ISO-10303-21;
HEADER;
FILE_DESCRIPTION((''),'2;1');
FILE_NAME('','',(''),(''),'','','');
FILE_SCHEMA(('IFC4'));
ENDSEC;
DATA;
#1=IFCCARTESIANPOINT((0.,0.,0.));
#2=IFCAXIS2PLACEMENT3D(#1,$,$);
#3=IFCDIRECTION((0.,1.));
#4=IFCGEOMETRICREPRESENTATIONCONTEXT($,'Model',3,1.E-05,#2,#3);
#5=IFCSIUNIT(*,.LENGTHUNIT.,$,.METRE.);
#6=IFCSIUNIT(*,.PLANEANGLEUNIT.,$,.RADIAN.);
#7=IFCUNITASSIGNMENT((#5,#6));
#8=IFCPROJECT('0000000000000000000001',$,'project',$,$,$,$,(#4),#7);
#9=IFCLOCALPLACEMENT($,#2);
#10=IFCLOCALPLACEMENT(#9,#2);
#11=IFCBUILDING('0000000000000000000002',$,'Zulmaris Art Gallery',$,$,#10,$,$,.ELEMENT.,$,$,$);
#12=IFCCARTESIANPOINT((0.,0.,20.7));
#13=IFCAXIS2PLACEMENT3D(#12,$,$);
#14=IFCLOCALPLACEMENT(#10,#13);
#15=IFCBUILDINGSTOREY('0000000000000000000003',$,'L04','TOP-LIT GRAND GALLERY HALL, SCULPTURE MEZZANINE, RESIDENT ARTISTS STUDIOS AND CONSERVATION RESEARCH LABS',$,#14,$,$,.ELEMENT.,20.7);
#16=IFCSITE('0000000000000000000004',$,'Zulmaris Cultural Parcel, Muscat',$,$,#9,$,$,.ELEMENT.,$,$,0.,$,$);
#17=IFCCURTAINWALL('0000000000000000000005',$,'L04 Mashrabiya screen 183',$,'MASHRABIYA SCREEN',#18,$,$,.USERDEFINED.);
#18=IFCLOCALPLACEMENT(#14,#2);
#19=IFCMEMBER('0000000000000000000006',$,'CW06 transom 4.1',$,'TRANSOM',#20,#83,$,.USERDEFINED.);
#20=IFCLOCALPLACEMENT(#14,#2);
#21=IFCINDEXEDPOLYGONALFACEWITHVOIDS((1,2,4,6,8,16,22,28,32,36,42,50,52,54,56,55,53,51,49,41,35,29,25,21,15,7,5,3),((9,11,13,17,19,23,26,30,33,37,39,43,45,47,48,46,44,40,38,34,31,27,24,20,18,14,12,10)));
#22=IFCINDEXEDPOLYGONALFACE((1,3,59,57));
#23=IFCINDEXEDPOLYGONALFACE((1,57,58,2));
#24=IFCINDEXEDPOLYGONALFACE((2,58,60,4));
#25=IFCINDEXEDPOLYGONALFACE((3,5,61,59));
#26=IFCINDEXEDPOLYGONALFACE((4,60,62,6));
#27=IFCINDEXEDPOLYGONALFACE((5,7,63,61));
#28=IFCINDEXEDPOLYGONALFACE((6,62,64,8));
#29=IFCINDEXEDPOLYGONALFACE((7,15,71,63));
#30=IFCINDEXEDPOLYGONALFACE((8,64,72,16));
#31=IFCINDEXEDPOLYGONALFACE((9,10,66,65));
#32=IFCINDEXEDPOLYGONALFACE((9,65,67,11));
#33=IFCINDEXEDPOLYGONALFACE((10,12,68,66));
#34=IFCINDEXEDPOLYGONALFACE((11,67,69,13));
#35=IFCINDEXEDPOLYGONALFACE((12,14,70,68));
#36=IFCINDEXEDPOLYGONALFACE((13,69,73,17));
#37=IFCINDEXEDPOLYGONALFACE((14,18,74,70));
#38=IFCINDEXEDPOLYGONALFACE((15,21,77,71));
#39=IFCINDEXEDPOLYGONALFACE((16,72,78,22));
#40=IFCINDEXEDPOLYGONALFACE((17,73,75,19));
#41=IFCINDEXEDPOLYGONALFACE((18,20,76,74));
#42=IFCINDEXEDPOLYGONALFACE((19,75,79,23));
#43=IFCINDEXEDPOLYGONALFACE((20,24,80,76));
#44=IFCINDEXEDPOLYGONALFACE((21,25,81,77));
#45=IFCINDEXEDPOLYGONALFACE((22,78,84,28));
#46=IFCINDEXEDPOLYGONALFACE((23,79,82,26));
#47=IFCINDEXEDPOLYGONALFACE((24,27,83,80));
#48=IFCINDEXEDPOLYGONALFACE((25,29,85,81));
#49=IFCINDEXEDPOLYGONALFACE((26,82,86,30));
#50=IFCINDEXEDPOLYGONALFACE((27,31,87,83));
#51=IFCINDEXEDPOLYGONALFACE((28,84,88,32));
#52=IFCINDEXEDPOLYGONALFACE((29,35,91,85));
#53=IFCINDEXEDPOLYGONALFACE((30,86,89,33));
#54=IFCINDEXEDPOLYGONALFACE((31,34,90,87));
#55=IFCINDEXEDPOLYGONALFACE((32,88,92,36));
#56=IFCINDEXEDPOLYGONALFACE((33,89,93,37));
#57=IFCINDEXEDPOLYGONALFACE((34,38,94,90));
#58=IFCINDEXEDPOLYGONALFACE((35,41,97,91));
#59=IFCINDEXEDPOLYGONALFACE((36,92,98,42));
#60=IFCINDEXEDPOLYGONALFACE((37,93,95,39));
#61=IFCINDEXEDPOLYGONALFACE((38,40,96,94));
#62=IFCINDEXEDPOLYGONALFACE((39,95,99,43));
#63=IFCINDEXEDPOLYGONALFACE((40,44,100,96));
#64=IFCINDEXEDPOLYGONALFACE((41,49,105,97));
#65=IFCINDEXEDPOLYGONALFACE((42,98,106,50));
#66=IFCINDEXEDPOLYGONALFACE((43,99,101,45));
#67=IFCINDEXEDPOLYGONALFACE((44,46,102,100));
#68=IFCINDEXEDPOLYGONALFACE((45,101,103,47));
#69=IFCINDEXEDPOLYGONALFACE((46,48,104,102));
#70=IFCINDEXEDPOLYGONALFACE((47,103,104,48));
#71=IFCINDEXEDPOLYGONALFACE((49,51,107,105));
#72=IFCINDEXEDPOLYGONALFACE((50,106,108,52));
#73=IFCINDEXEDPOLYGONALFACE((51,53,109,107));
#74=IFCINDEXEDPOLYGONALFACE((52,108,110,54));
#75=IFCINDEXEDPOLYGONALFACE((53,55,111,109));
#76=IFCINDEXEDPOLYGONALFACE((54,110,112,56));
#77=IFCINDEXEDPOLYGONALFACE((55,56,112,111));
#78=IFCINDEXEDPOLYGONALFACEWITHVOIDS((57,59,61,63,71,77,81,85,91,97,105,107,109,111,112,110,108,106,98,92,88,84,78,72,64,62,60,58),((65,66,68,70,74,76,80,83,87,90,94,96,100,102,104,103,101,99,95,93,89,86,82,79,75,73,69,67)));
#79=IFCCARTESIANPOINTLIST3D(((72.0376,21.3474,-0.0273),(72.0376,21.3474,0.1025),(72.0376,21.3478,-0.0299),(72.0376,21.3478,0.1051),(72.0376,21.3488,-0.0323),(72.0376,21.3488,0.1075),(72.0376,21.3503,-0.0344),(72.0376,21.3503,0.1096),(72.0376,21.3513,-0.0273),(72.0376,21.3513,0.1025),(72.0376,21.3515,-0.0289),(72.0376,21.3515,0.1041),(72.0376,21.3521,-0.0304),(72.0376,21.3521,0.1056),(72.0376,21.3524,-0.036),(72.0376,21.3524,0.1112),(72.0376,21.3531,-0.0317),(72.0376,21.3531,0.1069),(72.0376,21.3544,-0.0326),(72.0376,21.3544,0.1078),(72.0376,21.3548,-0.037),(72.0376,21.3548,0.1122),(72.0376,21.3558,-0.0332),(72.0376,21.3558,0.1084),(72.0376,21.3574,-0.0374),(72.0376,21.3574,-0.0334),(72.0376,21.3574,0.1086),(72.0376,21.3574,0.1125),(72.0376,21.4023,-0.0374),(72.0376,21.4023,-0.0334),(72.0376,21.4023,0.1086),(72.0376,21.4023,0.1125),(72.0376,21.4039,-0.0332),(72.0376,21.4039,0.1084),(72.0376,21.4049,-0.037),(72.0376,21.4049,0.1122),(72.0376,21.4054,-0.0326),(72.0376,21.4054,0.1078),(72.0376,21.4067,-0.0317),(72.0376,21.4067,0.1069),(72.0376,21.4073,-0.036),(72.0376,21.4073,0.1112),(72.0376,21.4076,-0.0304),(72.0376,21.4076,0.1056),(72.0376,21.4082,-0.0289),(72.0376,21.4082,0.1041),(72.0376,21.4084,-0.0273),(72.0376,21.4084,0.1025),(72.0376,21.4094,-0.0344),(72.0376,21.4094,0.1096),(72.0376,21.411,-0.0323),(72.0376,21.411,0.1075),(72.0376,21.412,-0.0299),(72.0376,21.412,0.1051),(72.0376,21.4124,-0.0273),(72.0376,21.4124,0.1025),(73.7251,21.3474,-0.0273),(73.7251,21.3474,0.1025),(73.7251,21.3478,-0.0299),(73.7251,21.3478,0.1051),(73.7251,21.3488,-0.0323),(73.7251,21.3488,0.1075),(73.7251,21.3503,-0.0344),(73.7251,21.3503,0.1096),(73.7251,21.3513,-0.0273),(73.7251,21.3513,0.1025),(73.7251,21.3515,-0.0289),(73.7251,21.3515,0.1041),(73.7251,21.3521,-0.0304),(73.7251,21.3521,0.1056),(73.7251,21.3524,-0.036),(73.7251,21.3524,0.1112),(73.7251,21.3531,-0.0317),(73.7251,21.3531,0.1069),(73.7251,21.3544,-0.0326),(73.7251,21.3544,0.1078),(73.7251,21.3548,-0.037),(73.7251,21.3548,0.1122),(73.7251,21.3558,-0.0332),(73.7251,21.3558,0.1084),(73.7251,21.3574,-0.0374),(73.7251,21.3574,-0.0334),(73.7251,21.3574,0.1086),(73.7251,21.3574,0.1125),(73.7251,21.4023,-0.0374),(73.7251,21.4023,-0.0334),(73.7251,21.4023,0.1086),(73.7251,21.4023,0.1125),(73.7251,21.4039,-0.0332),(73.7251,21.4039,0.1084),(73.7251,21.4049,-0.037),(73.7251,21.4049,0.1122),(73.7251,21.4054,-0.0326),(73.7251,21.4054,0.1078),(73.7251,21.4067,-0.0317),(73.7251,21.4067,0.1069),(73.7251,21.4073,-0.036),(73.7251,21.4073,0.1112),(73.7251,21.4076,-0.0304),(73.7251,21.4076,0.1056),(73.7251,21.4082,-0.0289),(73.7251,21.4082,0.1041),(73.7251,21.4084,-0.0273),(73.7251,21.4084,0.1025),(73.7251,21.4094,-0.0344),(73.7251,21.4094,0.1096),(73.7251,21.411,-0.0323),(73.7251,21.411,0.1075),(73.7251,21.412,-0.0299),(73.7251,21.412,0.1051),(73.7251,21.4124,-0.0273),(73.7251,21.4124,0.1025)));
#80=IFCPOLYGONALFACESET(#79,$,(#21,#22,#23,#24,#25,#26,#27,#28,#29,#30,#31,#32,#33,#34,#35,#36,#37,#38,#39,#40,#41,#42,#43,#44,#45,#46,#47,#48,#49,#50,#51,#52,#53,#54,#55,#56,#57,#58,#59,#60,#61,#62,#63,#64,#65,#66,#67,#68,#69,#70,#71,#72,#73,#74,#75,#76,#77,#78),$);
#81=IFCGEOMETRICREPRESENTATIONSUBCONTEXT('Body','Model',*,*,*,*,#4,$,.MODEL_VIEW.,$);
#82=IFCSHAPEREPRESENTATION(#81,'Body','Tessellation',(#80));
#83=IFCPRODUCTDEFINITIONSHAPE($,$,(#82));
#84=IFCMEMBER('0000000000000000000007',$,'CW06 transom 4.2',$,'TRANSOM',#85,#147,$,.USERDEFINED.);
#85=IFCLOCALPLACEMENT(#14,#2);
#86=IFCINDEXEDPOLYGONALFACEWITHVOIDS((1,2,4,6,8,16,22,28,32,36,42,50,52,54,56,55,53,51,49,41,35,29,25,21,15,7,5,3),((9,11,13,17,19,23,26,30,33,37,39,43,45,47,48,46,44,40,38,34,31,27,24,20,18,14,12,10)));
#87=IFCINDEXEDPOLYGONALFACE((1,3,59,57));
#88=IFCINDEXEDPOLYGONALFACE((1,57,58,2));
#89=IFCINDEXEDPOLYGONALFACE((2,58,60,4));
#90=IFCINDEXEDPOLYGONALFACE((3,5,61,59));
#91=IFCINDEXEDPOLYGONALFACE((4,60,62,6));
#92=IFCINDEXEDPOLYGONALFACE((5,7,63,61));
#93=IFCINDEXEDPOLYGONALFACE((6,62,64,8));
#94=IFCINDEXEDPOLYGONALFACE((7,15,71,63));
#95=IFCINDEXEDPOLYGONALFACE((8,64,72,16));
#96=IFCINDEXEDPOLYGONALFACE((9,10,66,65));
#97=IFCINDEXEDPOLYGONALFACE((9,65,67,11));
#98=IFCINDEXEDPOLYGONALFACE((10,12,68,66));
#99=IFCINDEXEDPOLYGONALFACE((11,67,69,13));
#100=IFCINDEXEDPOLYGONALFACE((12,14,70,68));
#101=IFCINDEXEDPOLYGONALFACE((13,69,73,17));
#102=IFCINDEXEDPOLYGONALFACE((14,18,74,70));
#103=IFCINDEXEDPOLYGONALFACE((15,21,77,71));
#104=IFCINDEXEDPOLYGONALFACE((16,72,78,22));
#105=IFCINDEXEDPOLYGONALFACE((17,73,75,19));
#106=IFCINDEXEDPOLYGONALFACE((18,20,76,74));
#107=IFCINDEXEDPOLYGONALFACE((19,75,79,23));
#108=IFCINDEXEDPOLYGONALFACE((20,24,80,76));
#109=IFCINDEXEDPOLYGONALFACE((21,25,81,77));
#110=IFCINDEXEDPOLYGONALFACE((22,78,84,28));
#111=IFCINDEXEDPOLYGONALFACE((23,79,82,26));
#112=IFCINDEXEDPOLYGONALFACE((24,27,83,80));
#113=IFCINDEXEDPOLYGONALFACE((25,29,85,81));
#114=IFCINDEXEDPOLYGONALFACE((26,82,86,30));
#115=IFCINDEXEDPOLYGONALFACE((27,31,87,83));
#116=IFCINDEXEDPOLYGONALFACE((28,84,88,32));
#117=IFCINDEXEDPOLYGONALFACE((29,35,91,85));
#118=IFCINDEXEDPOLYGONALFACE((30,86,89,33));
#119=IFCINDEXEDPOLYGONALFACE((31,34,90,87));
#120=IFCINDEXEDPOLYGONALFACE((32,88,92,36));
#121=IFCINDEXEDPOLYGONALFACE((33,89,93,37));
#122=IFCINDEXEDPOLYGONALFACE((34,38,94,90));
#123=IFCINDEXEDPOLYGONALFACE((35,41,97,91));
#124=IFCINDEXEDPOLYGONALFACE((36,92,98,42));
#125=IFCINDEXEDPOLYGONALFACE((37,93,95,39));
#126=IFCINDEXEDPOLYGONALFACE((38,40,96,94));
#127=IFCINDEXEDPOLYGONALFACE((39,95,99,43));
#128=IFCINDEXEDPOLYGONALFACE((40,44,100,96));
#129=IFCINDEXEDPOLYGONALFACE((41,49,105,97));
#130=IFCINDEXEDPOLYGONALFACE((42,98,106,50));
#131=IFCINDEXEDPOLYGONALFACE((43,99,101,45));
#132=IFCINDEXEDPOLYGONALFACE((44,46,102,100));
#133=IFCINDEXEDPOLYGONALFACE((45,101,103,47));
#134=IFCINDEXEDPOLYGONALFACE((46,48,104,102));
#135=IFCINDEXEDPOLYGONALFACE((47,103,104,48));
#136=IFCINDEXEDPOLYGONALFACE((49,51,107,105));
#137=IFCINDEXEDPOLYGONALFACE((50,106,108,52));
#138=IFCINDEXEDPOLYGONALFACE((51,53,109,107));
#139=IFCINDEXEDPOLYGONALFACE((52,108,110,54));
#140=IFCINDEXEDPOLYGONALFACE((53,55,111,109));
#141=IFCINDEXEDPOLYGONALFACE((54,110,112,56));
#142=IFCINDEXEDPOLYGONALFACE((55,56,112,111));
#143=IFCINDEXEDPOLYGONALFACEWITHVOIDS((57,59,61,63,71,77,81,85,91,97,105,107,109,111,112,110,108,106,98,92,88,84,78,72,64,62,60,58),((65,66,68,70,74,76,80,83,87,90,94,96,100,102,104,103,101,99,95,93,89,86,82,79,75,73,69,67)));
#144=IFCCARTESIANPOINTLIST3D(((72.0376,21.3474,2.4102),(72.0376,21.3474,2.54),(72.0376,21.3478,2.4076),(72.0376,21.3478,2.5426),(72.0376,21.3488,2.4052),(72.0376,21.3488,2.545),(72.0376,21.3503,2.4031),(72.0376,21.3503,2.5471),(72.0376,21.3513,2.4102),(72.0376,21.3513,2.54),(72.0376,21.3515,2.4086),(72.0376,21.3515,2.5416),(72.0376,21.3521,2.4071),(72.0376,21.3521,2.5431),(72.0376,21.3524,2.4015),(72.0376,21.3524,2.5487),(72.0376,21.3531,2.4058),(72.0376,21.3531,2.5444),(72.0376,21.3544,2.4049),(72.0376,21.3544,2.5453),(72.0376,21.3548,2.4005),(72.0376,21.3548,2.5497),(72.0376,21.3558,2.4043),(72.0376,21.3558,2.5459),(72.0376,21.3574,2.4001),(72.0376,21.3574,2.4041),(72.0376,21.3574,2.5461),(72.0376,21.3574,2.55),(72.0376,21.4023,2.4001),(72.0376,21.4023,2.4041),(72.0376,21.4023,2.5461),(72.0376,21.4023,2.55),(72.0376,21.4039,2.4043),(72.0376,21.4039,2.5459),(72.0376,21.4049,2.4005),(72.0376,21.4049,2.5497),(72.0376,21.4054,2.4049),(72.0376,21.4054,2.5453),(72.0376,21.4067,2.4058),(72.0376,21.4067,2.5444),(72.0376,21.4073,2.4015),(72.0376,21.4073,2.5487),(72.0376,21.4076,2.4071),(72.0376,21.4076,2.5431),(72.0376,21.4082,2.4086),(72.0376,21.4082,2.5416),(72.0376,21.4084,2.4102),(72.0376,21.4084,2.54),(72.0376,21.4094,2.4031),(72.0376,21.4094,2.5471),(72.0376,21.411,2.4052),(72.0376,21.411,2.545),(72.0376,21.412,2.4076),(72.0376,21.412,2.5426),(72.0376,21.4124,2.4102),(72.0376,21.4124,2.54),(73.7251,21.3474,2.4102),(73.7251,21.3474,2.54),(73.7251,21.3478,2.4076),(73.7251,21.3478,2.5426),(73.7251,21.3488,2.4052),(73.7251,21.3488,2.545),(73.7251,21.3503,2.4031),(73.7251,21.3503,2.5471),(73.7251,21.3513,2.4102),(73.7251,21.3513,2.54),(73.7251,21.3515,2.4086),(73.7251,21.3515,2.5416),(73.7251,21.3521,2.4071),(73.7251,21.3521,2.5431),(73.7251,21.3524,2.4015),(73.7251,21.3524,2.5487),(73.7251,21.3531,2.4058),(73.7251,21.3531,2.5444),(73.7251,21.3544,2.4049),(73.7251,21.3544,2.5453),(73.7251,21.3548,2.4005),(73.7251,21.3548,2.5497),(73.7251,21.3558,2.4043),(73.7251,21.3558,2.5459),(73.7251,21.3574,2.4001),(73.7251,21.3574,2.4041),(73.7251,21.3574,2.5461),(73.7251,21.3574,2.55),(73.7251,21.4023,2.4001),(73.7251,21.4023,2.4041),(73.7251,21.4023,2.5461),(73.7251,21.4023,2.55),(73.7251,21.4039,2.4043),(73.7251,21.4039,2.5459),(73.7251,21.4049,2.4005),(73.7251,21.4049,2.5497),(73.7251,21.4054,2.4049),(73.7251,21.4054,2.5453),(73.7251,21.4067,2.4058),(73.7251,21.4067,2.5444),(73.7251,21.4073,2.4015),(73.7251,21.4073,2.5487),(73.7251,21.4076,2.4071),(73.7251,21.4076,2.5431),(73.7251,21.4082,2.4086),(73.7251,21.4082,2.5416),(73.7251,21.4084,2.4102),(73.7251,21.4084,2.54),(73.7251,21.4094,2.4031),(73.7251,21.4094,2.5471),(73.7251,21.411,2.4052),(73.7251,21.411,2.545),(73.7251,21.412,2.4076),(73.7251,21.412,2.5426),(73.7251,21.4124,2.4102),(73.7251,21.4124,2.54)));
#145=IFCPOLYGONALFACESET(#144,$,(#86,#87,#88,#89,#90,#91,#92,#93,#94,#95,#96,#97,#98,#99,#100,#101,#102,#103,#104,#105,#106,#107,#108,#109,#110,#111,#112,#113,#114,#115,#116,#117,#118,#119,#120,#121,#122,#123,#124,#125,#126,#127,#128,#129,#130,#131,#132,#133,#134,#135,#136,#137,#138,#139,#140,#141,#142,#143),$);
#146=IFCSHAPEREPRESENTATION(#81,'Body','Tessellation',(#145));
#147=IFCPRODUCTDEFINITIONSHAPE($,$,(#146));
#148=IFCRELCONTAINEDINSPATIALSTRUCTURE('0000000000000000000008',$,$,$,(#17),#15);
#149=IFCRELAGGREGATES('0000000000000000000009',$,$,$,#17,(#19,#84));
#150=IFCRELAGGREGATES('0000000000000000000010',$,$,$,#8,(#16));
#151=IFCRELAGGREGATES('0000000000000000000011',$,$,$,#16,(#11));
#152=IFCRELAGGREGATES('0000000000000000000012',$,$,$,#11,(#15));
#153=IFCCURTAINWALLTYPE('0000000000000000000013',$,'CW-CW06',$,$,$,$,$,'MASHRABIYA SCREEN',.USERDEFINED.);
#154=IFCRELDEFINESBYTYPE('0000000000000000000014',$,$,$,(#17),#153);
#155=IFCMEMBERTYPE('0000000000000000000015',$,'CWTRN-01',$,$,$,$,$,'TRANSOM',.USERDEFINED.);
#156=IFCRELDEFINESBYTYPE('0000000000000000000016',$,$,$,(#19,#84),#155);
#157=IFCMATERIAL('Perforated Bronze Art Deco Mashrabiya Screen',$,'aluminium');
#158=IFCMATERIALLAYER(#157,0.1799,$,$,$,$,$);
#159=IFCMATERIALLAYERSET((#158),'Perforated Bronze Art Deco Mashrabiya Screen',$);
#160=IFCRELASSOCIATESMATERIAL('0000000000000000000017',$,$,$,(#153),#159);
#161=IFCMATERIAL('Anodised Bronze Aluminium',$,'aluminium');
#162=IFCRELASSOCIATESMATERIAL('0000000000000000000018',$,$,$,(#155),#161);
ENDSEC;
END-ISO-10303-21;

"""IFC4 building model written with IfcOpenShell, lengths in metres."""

from ifc_helpers import new_model, si_unit, direction, frame, origin, origin_2d, place, context, subcontext, project, spatial, hollow_rectangle, extrude, material, layer, layer_set, material_profile, profile_set, type_object, element, aggregate, save


model = new_model("IFC4")

# Units and contexts
model_context = context("Model", 3, precision=1e-05, world=origin(), true_north=direction((0.0, 1.0)))
body_context = subcontext(model_context, "Body", "Model", "MODEL_VIEW")
ifc_project = project(units=[si_unit("LENGTHUNIT", "METRE"), si_unit("PLANEANGLEUNIT", "RADIAN")], contexts=[model_context])

# Site, building, storey
site_placement = place(None, origin())
site = spatial("IfcSite", under=ifc_project, at=site_placement, Name="Zulmaris Cultural Parcel, Muscat", CompositionType="ELEMENT", RefElevation=0.0)
building_placement = place(site_placement, origin())
building = spatial("IfcBuilding", under=site, at=building_placement, Name="Zulmaris Art Gallery", CompositionType="ELEMENT")
storey_placement = place(building_placement, frame((0.0, 0.0, 20.7)))
storey = spatial("IfcBuildingStorey", under=building, at=storey_placement, Name="L04", Description="TOP-LIT GRAND GALLERY HALL, SCULPTURE MEZZANINE, RESIDENT ARTISTS STUDIOS AND CONSERVATION RESEARCH LABS", CompositionType="ELEMENT", Elevation=20.7)

# Curtain wall, members
ifc_material_1 = material(Name="Perforated Bronze Art Deco Mashrabiya Screen", Category="aluminium")
ifc_layer_1 = layer(ifc_material_1, 0.1799)
ifc_layer_set_1 = layer_set([ifc_layer_1], Name="Perforated Bronze Art Deco Mashrabiya Screen")
curtain_wall_type = type_object("IfcCurtainWallType", Name="CW-CW06", ElementType="MASHRABIYA SCREEN", PredefinedType="USERDEFINED", material=ifc_layer_set_1)
curtain_wall_placement = place(storey_placement, origin())
curtain_wall = element("IfcCurtainWall", 1, at=curtain_wall_placement, inside=storey, type_object=curtain_wall_type, Name="L04 Mashrabiya screen 183", ObjectType="MASHRABIYA SCREEN", PredefinedType="USERDEFINED")
ifc_material_2 = material(Name="Anodised Bronze Aluminium", Category="aluminium")
ifc_material_profile_1 = material_profile(ifc_material_2, hollow_rectangle(XDim=0.0649, YDim=0.1499, WallThickness=0.0039, InnerFilletRadius=0.0061, OuterFilletRadius=0.01, at=origin_2d()), Name="ALU 65x150x4")
ifc_profile_set_1 = profile_set([ifc_material_profile_1], Name="Anodised Bronze Aluminium")
member_type_1 = type_object("IfcMemberType", Name="CWTRN-01", ElementType="TRANSOM", PredefinedType="USERDEFINED", material=ifc_profile_set_1)
member_1_placement = place(storey_placement, frame((72.0376, 21.3799, 0.0376), z_axis=(1.0, 0.0, 0.0), x_axis=(0.0, 1.0, 0.0)))
member_1 = element("IfcMember", 2, at=member_1_placement, type_object=member_type_1, Name="CW06 transom 4.1", ObjectType="TRANSOM", PredefinedType="USERDEFINED", context=body_context, shape_type="SweptSolid", body=[
    extrude(hollow_rectangle(XDim=0.0649, YDim=0.1499, WallThickness=0.0039, InnerFilletRadius=0.0061, OuterFilletRadius=0.01, at=origin_2d()), origin(), (0.0, 0.0, 1.0), 1.6875),
])
member_2_placement = place(storey_placement, frame((72.0376, 21.3799, 2.4751), z_axis=(1.0, 0.0, 0.0), x_axis=(0.0, 1.0, 0.0)))
member_2 = element("IfcMember", 3, at=member_2_placement, type_object=member_type_1, Name="CW06 transom 4.2", ObjectType="TRANSOM", PredefinedType="USERDEFINED", context=body_context, shape_type="SweptSolid", body=[
    extrude(hollow_rectangle(XDim=0.0649, YDim=0.1499, WallThickness=0.0039, InnerFilletRadius=0.0061, OuterFilletRadius=0.01, at=origin_2d()), origin(), (0.0, 0.0, 1.0), 1.6875),
])
aggregate(curtain_wall, [member_1, member_2])

save(model, "model.ifc")
